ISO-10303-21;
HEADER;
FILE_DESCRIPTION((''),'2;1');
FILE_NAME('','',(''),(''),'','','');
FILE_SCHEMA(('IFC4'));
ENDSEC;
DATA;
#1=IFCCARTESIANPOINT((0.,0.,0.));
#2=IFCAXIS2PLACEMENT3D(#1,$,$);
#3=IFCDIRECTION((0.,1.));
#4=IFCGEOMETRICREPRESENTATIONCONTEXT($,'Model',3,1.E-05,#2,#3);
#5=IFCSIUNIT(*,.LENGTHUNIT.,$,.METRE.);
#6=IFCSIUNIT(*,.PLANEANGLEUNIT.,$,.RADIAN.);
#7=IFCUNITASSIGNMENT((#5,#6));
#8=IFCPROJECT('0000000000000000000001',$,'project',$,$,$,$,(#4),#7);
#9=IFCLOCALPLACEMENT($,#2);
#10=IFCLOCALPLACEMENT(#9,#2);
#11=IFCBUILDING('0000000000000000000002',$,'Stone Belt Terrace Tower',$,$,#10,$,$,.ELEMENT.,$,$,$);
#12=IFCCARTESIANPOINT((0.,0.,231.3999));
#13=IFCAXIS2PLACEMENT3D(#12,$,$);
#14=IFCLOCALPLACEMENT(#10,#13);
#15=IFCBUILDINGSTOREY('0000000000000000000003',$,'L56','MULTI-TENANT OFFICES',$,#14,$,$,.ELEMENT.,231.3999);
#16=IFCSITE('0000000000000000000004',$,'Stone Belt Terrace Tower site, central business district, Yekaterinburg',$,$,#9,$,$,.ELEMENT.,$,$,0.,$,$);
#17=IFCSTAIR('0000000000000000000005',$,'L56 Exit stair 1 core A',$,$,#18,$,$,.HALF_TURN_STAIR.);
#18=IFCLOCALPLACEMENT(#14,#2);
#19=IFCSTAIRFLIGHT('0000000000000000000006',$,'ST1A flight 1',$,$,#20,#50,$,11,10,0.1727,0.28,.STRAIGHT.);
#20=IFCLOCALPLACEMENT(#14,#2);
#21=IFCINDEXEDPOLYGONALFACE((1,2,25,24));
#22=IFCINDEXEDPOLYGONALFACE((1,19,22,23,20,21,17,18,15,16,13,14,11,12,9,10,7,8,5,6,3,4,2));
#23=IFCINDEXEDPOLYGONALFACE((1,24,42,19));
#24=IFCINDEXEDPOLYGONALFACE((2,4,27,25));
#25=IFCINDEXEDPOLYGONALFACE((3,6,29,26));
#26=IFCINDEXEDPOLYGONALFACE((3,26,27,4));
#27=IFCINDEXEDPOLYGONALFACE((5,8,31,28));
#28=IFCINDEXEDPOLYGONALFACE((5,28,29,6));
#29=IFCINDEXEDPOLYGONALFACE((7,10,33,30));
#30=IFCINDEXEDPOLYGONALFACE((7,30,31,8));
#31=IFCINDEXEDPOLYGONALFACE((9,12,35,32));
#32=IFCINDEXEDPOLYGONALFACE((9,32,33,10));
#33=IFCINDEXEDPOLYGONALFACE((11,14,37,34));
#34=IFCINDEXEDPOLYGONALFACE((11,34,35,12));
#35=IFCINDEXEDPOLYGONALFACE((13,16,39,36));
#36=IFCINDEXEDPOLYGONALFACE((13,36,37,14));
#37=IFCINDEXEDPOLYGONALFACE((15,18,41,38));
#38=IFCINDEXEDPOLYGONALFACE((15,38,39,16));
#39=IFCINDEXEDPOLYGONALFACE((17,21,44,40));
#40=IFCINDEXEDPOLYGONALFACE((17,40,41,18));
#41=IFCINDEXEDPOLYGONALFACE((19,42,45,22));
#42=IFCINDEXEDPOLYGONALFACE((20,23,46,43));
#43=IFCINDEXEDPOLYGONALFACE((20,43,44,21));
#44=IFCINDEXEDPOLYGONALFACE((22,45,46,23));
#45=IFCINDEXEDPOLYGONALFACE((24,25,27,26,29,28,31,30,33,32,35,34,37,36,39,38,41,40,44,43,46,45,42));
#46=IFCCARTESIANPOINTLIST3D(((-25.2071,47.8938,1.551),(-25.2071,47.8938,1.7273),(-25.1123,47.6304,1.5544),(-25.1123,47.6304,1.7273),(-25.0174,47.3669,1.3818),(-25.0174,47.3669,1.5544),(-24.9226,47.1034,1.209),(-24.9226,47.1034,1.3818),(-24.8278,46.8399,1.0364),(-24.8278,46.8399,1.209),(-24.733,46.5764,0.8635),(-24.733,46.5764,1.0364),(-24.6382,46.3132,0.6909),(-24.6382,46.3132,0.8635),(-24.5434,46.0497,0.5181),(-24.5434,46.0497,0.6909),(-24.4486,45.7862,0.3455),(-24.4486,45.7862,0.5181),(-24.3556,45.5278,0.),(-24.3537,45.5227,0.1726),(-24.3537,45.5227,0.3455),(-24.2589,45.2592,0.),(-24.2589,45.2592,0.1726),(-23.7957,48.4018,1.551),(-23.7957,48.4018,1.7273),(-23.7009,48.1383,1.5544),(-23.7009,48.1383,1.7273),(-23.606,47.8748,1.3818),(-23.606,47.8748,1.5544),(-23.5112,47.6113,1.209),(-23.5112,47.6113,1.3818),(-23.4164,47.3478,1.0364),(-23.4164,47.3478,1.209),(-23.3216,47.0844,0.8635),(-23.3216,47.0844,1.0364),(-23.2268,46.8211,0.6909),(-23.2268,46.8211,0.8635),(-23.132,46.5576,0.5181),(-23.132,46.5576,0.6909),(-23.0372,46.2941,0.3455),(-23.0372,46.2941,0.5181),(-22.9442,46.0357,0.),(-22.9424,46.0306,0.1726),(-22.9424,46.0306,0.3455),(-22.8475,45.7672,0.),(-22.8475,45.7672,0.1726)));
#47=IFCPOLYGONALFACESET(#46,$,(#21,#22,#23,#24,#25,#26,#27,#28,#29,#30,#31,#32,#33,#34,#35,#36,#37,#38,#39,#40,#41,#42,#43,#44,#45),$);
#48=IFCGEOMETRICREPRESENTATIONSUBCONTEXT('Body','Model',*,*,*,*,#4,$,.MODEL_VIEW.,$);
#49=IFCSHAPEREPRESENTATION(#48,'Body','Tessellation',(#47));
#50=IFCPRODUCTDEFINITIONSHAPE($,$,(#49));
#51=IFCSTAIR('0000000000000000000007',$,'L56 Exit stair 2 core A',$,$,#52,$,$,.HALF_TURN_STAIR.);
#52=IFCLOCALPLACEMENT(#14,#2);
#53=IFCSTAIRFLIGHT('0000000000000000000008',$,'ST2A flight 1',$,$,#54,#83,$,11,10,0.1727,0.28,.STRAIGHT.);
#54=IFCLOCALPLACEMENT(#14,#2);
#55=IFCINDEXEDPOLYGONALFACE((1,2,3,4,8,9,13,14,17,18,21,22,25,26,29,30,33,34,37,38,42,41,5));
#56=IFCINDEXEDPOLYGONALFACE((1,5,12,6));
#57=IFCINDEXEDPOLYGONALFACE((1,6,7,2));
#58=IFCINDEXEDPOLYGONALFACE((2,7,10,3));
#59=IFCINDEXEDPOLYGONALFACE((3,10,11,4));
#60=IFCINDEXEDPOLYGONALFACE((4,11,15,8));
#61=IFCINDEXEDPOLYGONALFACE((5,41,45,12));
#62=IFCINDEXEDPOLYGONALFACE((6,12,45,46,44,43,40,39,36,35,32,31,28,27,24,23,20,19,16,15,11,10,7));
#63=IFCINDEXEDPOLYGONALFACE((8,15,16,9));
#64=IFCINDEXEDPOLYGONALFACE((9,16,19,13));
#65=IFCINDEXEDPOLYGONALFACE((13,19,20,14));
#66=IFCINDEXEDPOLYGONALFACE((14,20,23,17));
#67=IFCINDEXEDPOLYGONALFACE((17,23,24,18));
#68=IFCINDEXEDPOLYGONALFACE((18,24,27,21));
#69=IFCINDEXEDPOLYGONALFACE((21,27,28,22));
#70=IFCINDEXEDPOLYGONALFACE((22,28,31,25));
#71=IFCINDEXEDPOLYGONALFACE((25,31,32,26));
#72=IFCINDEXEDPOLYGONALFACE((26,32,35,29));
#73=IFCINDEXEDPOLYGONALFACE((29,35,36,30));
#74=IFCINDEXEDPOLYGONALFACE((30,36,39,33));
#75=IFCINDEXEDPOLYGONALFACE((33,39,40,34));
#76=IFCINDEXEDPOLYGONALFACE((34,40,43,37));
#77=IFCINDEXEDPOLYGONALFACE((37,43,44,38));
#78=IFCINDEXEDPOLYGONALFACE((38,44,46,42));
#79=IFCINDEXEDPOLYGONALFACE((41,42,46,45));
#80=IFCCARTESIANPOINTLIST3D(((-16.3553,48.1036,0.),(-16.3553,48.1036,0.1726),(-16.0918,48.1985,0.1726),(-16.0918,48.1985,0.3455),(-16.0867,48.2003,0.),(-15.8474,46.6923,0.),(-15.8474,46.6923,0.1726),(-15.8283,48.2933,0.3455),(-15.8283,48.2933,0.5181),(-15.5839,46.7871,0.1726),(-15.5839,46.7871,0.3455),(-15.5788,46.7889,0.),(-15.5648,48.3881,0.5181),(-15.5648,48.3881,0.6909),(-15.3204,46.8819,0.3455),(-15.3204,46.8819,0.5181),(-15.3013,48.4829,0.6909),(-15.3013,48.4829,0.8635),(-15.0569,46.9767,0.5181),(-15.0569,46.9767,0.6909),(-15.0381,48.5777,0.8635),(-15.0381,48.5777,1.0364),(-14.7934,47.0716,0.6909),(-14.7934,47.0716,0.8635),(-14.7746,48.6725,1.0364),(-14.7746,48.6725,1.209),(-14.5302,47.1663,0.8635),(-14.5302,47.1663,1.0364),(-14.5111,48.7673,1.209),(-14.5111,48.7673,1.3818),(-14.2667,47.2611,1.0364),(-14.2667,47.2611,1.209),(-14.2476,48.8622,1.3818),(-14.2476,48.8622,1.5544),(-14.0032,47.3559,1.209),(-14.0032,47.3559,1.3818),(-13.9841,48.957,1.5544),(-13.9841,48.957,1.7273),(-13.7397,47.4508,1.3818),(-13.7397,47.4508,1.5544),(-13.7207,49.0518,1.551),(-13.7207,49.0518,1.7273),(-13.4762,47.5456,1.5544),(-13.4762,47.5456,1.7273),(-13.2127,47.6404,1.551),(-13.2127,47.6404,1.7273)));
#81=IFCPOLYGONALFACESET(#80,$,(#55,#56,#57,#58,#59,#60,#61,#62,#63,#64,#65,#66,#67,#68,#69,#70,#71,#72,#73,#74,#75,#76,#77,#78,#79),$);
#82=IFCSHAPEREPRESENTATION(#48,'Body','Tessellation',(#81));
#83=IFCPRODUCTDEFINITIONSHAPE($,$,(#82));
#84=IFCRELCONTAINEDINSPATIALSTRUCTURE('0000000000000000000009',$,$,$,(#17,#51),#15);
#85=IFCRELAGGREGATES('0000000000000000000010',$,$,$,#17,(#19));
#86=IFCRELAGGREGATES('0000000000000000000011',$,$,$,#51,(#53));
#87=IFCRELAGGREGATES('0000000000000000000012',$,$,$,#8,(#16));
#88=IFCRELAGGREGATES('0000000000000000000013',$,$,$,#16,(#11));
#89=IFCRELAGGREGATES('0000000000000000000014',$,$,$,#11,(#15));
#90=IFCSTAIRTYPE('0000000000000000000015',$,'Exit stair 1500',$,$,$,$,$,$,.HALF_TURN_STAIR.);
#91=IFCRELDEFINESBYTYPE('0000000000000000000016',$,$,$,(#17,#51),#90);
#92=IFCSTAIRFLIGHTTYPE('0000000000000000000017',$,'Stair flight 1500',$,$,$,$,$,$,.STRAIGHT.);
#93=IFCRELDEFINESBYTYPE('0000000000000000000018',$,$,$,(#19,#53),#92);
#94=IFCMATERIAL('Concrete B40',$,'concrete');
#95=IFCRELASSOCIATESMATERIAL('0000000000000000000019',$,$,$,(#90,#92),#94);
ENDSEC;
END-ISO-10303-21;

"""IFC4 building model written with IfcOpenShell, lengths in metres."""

from ifc_helpers import new_model, si_unit, direction, frame, origin, place, context, subcontext, project, spatial, polyline, outline, extrude, material, type_object, element, aggregate, save


model = new_model("IFC4")

# Units and contexts
model_context = context("Model", 3, precision=1e-05, world=origin(), true_north=direction((0.0, 1.0)))
body_context = subcontext(model_context, "Body", "Model", "MODEL_VIEW")
ifc_project = project(units=[si_unit("LENGTHUNIT", "METRE"), si_unit("PLANEANGLEUNIT", "RADIAN")], contexts=[model_context])

# Site, building, storey
site_placement = place(None, origin())
site = spatial("IfcSite", under=ifc_project, at=site_placement, Name="Stone Belt Terrace Tower site, central business district, Yekaterinburg", CompositionType="ELEMENT", RefElevation=0.0)
building_placement = place(site_placement, origin())
building = spatial("IfcBuilding", under=site, at=building_placement, Name="Stone Belt Terrace Tower", CompositionType="ELEMENT")
storey_placement = place(building_placement, frame((0.0, 0.0, 231.3999)))
storey = spatial("IfcBuildingStorey", under=building, at=storey_placement, Name="L56", Description="MULTI-TENANT OFFICES", CompositionType="ELEMENT", Elevation=231.3999)

# Stairs, stair flights
ifc_material_1 = material(Name="Concrete B40", Category="concrete")
stair_type = type_object("IfcStairType", Name="Exit stair 1500", PredefinedType="HALF_TURN_STAIR", material=ifc_material_1)
stair_1_placement = place(storey_placement, origin())
stair_1 = element("IfcStair", 1, at=stair_1_placement, inside=storey, type_object=stair_type, Name="L56 Exit stair 1 core A", PredefinedType="HALF_TURN_STAIR")
stair_flight_type = type_object("IfcStairFlightType", Name="Stair flight 1500", PredefinedType="STRAIGHT", material=ifc_material_1)
stair_flight_1_placement = place(storey_placement, frame((-23.5532, 45.5132, 0.0), z_axis=(0.0, 0.0, 1.0), x_axis=(-0.338624, 0.940922, 0.0)))
stair_flight_1 = element("IfcStairFlight", 2, at=stair_flight_1_placement, type_object=stair_flight_type, Name="ST1A flight 1", NumberOfRisers=11, NumberOfTreads=10, PredefinedType="STRAIGHT", RiserHeight=0.1727, TreadLength=0.28, context=body_context, shape_type="SweptSolid", body=[
    extrude(outline(polyline([(0.0, 0.0), (0.0, 0.1726), (0.28, 0.1726), (0.28, 0.3455), (0.5601, 0.3455), (0.5601, 0.5181), (0.8401, 0.5181), (0.8401, 0.6909), (1.1201, 0.6909), (1.1201, 0.8635), (1.3999, 0.8635), (1.3999, 1.0364), (1.6799, 1.0364), (1.6799, 1.209), (1.96, 1.209), (1.96, 1.3818), (2.24, 1.3818), (2.24, 1.5544), (2.52, 1.5544), (2.52, 1.7273), (2.8, 1.7273), (2.8, 1.8999), (2.8, 1.551), (0.2854, 0.0), (0.0, 0.0)])), frame((0.0, 0.75, 0.0), z_axis=(0.0, -1.0, 0.0), x_axis=(1.0, 0.0, 0.0)), (0.0, 0.0, 1.0), 1.5),
])
aggregate(stair_1, [stair_flight_1])
stair_2_placement = place(storey_placement, origin())
stair_2 = element("IfcStair", 3, at=stair_2_placement, inside=storey, type_object=stair_type, Name="L56 Exit stair 2 core A", PredefinedType="HALF_TURN_STAIR")
stair_flight_2_placement = place(storey_placement, frame((-16.1013, 47.3979, 0.0), z_axis=(0.0, 0.0, 1.0), x_axis=(0.940922, 0.338624, 0.0)))
stair_flight_2 = element("IfcStairFlight", 4, at=stair_flight_2_placement, type_object=stair_flight_type, Name="ST2A flight 1", NumberOfRisers=11, NumberOfTreads=10, PredefinedType="STRAIGHT", RiserHeight=0.1727, TreadLength=0.28, context=body_context, shape_type="SweptSolid", body=[
    extrude(outline(polyline([(0.0, 0.0), (0.0, 0.1726), (0.28, 0.1726), (0.28, 0.3455), (0.5601, 0.3455), (0.5601, 0.5181), (0.8401, 0.5181), (0.8401, 0.6909), (1.1201, 0.6909), (1.1201, 0.8635), (1.3999, 0.8635), (1.3999, 1.0364), (1.6799, 1.0364), (1.6799, 1.209), (1.96, 1.209), (1.96, 1.3818), (2.24, 1.3818), (2.24, 1.5544), (2.52, 1.5544), (2.52, 1.7273), (2.8, 1.7273), (2.8, 1.8999), (2.8, 1.551), (0.2854, 0.0), (0.0, 0.0)])), frame((0.0, 0.75, 0.0), z_axis=(0.0, -1.0, 0.0), x_axis=(1.0, 0.0, 0.0)), (0.0, 0.0, 1.0), 1.5),
])
aggregate(stair_2, [stair_flight_2])

save(model, "model.ifc")
